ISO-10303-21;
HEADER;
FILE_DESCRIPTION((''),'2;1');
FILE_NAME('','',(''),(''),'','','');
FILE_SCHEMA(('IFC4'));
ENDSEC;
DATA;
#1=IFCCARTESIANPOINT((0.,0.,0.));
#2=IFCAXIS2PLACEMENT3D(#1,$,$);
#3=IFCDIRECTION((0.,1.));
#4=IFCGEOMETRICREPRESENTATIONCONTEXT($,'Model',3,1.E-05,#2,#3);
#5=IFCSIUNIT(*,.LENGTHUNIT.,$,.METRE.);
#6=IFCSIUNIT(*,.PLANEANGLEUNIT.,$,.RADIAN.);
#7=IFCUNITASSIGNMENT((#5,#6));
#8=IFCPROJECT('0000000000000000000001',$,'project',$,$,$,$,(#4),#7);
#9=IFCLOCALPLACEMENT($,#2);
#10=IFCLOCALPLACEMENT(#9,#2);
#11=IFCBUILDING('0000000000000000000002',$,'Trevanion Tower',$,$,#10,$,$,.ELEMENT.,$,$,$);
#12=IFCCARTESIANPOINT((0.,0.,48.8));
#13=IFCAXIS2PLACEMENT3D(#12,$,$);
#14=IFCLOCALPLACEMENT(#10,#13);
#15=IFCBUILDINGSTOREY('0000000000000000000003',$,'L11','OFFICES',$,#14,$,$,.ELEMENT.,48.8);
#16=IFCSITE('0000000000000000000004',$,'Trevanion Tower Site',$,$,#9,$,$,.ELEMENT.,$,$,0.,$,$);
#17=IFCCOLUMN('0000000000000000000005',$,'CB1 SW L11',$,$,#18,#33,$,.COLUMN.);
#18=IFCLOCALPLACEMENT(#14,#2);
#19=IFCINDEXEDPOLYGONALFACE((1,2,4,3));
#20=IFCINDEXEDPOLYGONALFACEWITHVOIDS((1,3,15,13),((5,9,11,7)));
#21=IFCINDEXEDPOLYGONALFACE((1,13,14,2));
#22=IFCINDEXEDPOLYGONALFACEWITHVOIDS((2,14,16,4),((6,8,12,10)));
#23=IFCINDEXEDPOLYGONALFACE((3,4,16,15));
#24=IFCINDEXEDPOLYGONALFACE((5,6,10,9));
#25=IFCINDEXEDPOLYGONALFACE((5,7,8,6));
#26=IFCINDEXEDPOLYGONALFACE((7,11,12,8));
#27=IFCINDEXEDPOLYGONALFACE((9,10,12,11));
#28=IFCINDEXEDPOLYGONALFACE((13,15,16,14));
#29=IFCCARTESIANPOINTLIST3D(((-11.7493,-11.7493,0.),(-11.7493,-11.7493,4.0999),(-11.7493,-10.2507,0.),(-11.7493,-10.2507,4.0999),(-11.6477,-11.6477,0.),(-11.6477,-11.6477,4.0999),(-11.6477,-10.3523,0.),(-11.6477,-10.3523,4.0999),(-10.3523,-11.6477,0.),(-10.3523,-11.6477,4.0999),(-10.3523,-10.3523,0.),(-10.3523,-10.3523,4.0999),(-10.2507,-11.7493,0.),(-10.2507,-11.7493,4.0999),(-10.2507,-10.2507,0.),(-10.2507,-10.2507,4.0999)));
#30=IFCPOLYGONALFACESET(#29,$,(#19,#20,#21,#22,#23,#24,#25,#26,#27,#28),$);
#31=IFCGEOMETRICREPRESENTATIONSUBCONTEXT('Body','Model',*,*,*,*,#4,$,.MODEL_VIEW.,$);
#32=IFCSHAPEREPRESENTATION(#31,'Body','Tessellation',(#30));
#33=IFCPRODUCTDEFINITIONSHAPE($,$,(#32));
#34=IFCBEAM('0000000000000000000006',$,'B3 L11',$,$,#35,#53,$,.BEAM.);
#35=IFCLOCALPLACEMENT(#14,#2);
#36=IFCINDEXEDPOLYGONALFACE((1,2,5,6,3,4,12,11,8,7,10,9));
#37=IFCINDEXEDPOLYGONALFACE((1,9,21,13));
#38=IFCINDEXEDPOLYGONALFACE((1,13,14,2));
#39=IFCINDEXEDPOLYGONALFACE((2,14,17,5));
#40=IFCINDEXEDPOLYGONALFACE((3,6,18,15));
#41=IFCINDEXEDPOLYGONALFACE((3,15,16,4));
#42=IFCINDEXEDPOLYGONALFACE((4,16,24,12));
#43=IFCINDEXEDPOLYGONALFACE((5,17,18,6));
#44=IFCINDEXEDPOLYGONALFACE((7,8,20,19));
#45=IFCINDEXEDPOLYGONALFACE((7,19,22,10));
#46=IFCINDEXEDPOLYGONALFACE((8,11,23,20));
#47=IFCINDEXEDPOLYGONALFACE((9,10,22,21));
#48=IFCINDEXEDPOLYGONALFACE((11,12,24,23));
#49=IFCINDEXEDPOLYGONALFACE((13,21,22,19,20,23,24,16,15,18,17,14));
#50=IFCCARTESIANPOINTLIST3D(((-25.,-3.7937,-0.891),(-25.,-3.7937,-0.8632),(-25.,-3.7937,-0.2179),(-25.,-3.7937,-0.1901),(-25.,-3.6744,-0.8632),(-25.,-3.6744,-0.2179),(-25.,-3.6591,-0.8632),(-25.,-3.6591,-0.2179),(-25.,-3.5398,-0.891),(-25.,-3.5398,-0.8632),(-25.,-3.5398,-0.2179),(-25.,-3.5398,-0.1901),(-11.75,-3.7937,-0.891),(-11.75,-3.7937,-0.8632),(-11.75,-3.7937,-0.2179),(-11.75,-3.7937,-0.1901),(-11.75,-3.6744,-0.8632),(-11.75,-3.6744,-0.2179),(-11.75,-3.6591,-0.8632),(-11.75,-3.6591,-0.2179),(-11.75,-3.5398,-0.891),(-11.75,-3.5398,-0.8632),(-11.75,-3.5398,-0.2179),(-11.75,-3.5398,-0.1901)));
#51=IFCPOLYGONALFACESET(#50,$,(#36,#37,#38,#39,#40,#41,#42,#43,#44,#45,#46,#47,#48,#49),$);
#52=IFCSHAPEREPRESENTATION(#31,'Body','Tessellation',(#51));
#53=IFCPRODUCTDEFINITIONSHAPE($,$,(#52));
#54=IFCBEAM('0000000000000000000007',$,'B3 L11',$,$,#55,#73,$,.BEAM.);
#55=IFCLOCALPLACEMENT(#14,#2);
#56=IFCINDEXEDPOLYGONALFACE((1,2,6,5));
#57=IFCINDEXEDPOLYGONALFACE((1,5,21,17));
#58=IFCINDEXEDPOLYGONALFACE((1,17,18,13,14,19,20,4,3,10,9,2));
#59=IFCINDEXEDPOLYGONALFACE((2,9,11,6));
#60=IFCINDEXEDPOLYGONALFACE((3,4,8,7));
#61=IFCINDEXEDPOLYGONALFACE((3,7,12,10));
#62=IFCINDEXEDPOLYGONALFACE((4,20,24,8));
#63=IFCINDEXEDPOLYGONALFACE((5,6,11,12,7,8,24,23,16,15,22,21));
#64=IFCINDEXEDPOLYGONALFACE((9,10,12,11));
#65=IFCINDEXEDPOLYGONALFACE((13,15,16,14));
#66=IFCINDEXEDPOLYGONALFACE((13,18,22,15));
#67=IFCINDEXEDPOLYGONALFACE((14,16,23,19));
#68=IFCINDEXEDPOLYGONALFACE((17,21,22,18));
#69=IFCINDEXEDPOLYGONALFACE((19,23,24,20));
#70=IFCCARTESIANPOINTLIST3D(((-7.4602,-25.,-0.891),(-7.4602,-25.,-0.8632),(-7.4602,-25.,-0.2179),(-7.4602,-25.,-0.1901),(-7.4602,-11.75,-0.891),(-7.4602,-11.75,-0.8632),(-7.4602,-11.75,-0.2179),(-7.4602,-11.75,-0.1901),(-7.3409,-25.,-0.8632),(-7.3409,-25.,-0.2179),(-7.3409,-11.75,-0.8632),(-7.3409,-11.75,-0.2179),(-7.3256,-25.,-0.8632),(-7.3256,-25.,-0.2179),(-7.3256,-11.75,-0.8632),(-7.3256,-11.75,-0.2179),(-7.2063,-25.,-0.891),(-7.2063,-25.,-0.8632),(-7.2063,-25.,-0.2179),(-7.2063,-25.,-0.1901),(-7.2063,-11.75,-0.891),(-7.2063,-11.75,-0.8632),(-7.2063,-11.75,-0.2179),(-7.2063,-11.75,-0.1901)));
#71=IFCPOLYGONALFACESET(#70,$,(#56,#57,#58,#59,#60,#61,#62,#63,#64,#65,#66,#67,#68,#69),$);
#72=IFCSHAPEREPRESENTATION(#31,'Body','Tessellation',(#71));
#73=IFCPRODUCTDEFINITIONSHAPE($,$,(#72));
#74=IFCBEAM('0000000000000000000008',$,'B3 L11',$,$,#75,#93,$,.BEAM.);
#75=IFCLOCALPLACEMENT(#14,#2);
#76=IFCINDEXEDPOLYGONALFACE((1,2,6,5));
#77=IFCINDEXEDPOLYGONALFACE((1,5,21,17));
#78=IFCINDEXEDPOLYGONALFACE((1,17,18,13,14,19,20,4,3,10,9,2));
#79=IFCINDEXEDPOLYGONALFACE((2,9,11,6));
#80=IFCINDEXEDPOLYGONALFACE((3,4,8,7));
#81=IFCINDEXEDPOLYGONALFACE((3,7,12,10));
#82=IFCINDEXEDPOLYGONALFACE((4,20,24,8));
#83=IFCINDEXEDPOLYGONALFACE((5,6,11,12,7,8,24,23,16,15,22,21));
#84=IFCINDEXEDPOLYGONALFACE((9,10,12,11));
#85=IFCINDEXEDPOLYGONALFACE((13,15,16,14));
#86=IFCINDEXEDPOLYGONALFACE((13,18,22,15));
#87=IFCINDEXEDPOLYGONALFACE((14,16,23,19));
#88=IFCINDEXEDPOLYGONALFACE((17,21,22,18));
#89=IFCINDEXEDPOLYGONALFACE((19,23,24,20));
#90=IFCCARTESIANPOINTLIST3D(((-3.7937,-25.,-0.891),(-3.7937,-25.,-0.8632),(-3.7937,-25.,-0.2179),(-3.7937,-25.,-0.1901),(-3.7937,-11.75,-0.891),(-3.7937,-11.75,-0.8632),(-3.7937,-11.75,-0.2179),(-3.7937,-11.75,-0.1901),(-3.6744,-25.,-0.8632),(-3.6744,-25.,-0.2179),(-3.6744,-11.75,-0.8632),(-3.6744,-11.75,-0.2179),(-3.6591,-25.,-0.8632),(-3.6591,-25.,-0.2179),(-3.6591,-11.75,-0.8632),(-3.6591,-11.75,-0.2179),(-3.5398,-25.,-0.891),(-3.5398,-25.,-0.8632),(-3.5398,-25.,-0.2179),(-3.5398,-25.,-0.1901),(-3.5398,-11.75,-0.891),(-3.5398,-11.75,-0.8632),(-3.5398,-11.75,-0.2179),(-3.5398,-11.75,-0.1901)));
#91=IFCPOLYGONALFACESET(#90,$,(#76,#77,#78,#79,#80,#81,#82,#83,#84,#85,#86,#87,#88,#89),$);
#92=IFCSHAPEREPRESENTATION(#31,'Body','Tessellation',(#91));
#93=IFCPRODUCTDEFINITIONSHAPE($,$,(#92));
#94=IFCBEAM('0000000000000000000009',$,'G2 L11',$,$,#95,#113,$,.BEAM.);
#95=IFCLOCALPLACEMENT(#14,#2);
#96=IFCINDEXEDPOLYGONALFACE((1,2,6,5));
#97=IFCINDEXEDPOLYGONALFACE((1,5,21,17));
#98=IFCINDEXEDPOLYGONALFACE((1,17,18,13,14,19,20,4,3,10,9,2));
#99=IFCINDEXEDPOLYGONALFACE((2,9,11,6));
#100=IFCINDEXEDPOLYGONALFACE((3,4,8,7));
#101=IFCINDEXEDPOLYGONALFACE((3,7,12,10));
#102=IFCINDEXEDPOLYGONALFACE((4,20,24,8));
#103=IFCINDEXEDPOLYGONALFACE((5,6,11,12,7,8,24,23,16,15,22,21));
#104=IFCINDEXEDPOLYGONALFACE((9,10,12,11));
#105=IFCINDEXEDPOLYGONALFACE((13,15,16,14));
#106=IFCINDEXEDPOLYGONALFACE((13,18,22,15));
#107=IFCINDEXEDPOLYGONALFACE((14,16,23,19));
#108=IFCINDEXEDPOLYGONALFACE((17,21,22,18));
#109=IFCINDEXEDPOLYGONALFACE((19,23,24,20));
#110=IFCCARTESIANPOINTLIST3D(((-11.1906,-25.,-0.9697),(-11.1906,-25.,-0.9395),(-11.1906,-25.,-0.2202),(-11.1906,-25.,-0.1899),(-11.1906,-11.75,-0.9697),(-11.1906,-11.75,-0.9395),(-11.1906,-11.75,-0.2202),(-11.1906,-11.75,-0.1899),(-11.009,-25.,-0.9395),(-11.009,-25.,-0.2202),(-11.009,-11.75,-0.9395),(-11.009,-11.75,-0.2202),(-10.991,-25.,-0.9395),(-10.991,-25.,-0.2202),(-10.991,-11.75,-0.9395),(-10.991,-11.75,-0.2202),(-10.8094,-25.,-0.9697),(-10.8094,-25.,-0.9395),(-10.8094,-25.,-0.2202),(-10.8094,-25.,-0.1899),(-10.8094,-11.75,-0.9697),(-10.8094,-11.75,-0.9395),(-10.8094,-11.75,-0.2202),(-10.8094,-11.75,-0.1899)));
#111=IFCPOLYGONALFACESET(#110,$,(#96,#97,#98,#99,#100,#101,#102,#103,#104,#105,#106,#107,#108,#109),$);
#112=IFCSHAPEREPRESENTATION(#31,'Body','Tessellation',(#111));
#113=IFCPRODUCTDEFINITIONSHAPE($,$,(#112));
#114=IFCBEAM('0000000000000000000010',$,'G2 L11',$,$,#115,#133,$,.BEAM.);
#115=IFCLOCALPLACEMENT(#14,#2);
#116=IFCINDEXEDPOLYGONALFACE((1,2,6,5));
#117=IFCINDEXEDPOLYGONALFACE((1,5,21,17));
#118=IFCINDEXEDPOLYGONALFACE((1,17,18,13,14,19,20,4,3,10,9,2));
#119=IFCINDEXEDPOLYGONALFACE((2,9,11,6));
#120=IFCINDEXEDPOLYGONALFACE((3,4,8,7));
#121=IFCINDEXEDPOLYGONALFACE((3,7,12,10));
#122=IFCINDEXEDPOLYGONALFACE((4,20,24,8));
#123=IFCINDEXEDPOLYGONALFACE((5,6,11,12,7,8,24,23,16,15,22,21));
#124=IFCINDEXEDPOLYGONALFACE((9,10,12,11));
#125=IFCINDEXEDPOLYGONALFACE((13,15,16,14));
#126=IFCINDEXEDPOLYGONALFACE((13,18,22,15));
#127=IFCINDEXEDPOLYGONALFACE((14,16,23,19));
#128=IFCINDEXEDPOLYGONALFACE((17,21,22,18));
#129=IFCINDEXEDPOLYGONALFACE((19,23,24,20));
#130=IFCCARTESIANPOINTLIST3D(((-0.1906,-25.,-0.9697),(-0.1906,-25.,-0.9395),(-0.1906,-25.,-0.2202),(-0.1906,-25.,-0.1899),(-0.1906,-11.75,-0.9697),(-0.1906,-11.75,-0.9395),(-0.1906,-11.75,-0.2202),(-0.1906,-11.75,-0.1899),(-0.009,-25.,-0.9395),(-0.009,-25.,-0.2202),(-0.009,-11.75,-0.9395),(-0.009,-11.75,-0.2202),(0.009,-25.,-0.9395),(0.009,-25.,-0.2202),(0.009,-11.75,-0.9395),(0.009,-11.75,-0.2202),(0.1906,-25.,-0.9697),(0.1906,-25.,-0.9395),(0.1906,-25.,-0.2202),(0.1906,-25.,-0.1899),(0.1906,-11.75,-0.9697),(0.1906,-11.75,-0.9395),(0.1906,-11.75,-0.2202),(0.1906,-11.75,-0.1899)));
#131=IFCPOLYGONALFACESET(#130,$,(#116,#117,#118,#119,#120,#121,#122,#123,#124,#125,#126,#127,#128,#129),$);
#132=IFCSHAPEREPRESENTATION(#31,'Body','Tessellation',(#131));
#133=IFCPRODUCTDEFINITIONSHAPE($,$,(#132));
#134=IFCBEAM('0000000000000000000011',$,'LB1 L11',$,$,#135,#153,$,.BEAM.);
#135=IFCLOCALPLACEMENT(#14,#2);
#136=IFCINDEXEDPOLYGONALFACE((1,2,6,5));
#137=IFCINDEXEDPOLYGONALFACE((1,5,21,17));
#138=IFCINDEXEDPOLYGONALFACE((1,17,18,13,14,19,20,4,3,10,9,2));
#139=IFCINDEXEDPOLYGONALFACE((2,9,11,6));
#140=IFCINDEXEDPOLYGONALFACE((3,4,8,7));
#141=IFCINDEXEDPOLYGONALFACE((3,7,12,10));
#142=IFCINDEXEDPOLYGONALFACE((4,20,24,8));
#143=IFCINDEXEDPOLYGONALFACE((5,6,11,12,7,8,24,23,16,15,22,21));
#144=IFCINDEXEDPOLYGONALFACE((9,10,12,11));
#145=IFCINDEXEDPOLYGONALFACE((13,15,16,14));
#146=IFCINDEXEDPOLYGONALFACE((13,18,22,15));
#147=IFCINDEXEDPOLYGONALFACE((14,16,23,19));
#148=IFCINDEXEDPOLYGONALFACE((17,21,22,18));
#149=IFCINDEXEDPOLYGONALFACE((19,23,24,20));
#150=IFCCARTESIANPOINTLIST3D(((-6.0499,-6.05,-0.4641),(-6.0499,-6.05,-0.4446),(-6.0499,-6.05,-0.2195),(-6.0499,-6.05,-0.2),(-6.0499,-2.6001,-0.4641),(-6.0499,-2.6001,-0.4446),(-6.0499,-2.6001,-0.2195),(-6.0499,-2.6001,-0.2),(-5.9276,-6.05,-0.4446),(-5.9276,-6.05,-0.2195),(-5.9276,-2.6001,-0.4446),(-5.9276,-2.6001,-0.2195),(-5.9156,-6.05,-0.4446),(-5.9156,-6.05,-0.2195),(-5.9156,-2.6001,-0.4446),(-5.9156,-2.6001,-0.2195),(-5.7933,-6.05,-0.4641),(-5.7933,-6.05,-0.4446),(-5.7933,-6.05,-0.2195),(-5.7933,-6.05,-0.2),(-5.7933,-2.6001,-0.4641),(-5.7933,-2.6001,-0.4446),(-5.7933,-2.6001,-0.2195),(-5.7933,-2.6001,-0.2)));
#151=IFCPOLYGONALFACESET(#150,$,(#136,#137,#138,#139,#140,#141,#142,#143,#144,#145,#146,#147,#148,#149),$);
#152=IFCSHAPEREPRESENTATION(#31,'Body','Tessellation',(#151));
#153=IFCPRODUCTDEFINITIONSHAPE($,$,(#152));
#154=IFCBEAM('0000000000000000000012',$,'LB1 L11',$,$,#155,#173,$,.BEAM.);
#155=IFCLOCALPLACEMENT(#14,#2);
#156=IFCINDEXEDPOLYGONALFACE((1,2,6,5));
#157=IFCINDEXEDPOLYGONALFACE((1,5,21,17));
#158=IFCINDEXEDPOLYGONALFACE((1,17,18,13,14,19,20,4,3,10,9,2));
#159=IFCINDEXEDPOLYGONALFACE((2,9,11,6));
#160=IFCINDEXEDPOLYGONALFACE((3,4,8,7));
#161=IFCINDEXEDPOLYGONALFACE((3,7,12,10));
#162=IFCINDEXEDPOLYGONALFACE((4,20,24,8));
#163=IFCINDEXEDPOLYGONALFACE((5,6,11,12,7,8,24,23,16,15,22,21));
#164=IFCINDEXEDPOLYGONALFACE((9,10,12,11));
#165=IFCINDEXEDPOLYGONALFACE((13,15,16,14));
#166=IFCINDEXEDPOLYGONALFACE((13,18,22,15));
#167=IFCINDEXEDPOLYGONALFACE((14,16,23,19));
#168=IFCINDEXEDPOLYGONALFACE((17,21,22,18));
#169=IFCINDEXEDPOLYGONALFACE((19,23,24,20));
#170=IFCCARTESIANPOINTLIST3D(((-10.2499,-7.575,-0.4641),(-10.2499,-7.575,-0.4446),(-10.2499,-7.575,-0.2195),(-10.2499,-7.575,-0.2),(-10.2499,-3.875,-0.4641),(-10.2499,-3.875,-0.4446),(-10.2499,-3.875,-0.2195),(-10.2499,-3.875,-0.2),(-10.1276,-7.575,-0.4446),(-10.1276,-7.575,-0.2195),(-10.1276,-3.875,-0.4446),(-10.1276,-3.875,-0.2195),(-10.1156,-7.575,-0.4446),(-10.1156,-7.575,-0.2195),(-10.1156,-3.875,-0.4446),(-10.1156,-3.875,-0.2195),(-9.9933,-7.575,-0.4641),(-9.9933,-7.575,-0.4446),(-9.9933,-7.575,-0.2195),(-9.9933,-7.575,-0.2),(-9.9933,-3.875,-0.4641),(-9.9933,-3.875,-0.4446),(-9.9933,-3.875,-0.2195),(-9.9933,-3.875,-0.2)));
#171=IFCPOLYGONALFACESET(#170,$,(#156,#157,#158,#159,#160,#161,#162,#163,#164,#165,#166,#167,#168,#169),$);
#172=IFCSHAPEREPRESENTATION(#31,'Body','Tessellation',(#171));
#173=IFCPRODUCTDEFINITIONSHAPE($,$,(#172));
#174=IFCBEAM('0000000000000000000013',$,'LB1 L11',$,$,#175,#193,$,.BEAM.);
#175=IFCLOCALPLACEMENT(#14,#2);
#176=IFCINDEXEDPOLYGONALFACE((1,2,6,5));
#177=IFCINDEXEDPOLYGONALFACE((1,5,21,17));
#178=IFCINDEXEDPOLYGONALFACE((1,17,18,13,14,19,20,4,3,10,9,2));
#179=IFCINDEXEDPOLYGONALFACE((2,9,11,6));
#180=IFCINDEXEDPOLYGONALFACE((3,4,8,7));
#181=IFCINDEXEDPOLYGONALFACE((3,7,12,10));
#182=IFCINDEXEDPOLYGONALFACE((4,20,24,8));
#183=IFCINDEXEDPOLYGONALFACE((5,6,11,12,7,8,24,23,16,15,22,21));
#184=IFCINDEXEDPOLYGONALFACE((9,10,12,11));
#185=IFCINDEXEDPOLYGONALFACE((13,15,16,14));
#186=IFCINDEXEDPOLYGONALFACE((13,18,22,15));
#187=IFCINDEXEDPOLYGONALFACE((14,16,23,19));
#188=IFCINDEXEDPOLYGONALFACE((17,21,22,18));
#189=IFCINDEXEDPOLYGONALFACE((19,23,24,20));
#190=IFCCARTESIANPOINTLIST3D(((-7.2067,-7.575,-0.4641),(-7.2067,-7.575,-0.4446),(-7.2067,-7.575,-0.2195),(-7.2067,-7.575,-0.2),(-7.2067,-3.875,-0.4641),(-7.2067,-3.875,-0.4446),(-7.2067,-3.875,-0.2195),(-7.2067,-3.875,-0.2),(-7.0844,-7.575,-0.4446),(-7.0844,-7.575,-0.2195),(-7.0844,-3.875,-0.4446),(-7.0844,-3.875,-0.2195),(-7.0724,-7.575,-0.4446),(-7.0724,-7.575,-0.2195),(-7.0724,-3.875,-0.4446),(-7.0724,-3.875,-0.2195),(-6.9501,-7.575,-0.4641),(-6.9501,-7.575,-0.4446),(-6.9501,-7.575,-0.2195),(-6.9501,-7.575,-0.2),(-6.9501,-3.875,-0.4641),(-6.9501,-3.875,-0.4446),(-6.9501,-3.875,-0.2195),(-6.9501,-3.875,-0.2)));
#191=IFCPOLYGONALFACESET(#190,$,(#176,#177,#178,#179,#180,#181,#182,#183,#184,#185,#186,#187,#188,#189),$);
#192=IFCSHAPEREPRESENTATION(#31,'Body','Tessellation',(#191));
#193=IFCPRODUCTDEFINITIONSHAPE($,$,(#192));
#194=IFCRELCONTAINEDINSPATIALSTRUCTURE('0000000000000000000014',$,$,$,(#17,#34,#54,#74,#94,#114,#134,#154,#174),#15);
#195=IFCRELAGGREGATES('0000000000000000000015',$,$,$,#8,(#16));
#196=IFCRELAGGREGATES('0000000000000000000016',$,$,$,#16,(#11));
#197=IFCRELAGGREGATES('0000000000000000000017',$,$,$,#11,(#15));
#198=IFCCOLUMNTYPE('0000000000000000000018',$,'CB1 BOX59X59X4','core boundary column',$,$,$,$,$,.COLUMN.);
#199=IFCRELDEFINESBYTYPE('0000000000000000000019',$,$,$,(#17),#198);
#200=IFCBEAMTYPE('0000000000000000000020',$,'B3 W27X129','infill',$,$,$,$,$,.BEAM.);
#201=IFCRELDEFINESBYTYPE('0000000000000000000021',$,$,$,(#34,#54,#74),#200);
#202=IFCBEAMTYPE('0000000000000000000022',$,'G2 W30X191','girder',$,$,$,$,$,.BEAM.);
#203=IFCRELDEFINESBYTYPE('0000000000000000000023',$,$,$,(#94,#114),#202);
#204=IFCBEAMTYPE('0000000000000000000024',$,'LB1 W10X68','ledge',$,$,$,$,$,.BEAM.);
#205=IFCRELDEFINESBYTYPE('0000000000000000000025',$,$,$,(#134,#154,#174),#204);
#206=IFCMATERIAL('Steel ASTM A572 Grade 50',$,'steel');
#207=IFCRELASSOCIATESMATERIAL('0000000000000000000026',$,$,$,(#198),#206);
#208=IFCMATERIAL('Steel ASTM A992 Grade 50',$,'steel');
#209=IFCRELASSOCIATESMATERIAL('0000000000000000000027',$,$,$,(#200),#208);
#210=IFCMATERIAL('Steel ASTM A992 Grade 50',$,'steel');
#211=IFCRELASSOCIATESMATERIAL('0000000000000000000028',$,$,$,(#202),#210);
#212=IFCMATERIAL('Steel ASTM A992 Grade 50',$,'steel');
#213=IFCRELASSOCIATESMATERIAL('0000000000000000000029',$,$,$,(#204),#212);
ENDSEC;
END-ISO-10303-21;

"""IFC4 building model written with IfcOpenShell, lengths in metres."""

from ifc_helpers import new_model, si_unit, direction, frame, origin, origin_2d, place, context, subcontext, project, spatial, hollow_rectangle, i_section, extrude, material, material_profile, profile_set, type_object, element, save


model = new_model("IFC4")

# Units and contexts
model_context = context("Model", 3, precision=1e-05, world=origin(), true_north=direction((0.0, 1.0)))
body_context = subcontext(model_context, "Body", "Model", "MODEL_VIEW")
ifc_project = project(units=[si_unit("LENGTHUNIT", "METRE"), si_unit("PLANEANGLEUNIT", "RADIAN")], contexts=[model_context])

# Site, building, storey
site_placement = place(None, origin())
site = spatial("IfcSite", under=ifc_project, at=site_placement, Name="Trevanion Tower Site", CompositionType="ELEMENT", RefElevation=0.0)
building_placement = place(site_placement, origin())
building = spatial("IfcBuilding", under=site, at=building_placement, Name="Trevanion Tower", CompositionType="ELEMENT")
storey_placement = place(building_placement, frame((0.0, 0.0, 48.8)))
storey = spatial("IfcBuildingStorey", under=building, at=storey_placement, Name="L11", Description="OFFICES", CompositionType="ELEMENT", Elevation=48.8)

# Column
ifc_material_1 = material(Name="Steel ASTM A572 Grade 50", Category="steel")
ifc_material_profile_1 = material_profile(ifc_material_1, hollow_rectangle(XDim=1.4985, YDim=1.4985, WallThickness=0.1016, at=origin_2d()), Name="BOX59X59X4")
ifc_profile_set_1 = profile_set([ifc_material_profile_1], Name="Steel ASTM A572 Grade 50")
column_type = type_object("IfcColumnType", Name="CB1 BOX59X59X4", Description="core boundary column", PredefinedType="COLUMN", material=ifc_profile_set_1)
column_placement = place(storey_placement, frame((-11.0, -11.0, 0.0), z_axis=(0.0, 0.0, 1.0), x_axis=(1.0, 0.0, 0.0)))
element("IfcColumn", 1, at=column_placement, inside=storey, type_object=column_type, Name="CB1 SW L11", PredefinedType="COLUMN", context=body_context, shape_type="SweptSolid", body=[
    extrude(hollow_rectangle(XDim=1.4985, YDim=1.4985, WallThickness=0.1016, at=origin_2d()), origin(), (0.0, 0.0, 1.0), 4.0999),
])

# Beams
ifc_material_2 = material(Name="Steel ASTM A992 Grade 50", Category="steel")
ifc_material_profile_2 = material_profile(ifc_material_2, i_section(OverallWidth=0.2539, OverallDepth=0.7009, WebThickness=0.0154, FlangeThickness=0.0278, at=origin_2d()), Name="W27X129")
ifc_profile_set_2 = profile_set([ifc_material_profile_2], Name="Steel ASTM A992 Grade 50")
beam_type_1 = type_object("IfcBeamType", Name="B3 W27X129", Description="infill", PredefinedType="BEAM", material=ifc_profile_set_2)
for number, where, z_axis, x_axis, name in (
    (2, (-11.75, -3.6667, -0.5405), (-1.0, 0.0, 0.0), (0.0, -1.0, 0.0), "B3 L11"),
    (3, (-7.3333, -11.75, -0.5405), (0.0, -1.0, 0.0), (1.0, 0.0, 0.0), "B3 L11"),
    (4, (-3.6667, -11.75, -0.5405), (0.0, -1.0, 0.0), (1.0, 0.0, 0.0), "B3 L11"),
):
    element("IfcBeam", number, at=place(storey_placement, frame(where, z_axis=z_axis, x_axis=x_axis)), inside=storey, type_object=beam_type_1, Name=name, PredefinedType="BEAM", context=body_context, shape_type="SweptSolid", body=[
        extrude(i_section(OverallWidth=0.2539, OverallDepth=0.7009, WebThickness=0.0154, FlangeThickness=0.0278, at=origin_2d()), origin(), (0.0, 0.0, 1.0), 13.25),
    ])
ifc_material_3 = material(Name="Steel ASTM A992 Grade 50", Category="steel")
ifc_material_profile_3 = material_profile(ifc_material_3, i_section(OverallWidth=0.3811, OverallDepth=0.7798, WebThickness=0.0181, FlangeThickness=0.0303, at=origin_2d()), Name="W30X191")
ifc_profile_set_3 = profile_set([ifc_material_profile_3], Name="Steel ASTM A992 Grade 50")
beam_type_2 = type_object("IfcBeamType", Name="G2 W30X191", Description="girder", PredefinedType="BEAM", material=ifc_profile_set_3)
for number, where, z_axis, x_axis, name in (
    (5, (-11.0, -11.75, -0.5798), (0.0, -1.0, 0.0), (1.0, 0.0, 0.0), "G2 L11"),
    (6, (0.0, -11.75, -0.5798), (0.0, -1.0, 0.0), (1.0, 0.0, 0.0), "G2 L11"),
):
    element("IfcBeam", number, at=place(storey_placement, frame(where, z_axis=z_axis, x_axis=x_axis)), inside=storey, type_object=beam_type_2, Name=name, PredefinedType="BEAM", context=body_context, shape_type="SweptSolid", body=[
        extrude(i_section(OverallWidth=0.3811, OverallDepth=0.7798, WebThickness=0.0181, FlangeThickness=0.0303, at=origin_2d()), origin(), (0.0, 0.0, 1.0), 13.25),
    ])
ifc_material_4 = material(Name="Steel ASTM A992 Grade 50", Category="steel")
ifc_material_profile_4 = material_profile(ifc_material_4, i_section(OverallWidth=0.2566, OverallDepth=0.2642, WebThickness=0.012, FlangeThickness=0.0195, at=origin_2d()), Name="W10X68")
ifc_profile_set_4 = profile_set([ifc_material_profile_4], Name="Steel ASTM A992 Grade 50")
beam_type_3 = type_object("IfcBeamType", Name="LB1 W10X68", Description="ledge", PredefinedType="BEAM", material=ifc_profile_set_4)
beam_1_placement = place(storey_placement, frame((-5.9216, -6.05, -0.332), z_axis=(0.0, 1.0, 0.0), x_axis=(-1.0, 0.0, 0.0)))
element("IfcBeam", 7, at=beam_1_placement, inside=storey, type_object=beam_type_3, Name="LB1 L11", PredefinedType="BEAM", context=body_context, shape_type="SweptSolid", body=[
    extrude(i_section(OverallWidth=0.2566, OverallDepth=0.2642, WebThickness=0.012, FlangeThickness=0.0195, at=origin_2d()), origin(), (0.0, 0.0, 1.0), 3.45),
])
for number, where, z_axis, x_axis, name in (
    (8, (-10.1216, -7.575, -0.332), (0.0, 1.0, 0.0), (-1.0, 0.0, 0.0), "LB1 L11"),
    (9, (-7.0784, -7.575, -0.332), (0.0, 1.0, 0.0), (-1.0, 0.0, 0.0), "LB1 L11"),
):
    element("IfcBeam", number, at=place(storey_placement, frame(where, z_axis=z_axis, x_axis=x_axis)), inside=storey, type_object=beam_type_3, Name=name, PredefinedType="BEAM", context=body_context, shape_type="SweptSolid", body=[
        extrude(i_section(OverallWidth=0.2566, OverallDepth=0.2642, WebThickness=0.012, FlangeThickness=0.0195, at=origin_2d()), origin(), (0.0, 0.0, 1.0), 3.7),
    ])

save(model, "model.ifc")
